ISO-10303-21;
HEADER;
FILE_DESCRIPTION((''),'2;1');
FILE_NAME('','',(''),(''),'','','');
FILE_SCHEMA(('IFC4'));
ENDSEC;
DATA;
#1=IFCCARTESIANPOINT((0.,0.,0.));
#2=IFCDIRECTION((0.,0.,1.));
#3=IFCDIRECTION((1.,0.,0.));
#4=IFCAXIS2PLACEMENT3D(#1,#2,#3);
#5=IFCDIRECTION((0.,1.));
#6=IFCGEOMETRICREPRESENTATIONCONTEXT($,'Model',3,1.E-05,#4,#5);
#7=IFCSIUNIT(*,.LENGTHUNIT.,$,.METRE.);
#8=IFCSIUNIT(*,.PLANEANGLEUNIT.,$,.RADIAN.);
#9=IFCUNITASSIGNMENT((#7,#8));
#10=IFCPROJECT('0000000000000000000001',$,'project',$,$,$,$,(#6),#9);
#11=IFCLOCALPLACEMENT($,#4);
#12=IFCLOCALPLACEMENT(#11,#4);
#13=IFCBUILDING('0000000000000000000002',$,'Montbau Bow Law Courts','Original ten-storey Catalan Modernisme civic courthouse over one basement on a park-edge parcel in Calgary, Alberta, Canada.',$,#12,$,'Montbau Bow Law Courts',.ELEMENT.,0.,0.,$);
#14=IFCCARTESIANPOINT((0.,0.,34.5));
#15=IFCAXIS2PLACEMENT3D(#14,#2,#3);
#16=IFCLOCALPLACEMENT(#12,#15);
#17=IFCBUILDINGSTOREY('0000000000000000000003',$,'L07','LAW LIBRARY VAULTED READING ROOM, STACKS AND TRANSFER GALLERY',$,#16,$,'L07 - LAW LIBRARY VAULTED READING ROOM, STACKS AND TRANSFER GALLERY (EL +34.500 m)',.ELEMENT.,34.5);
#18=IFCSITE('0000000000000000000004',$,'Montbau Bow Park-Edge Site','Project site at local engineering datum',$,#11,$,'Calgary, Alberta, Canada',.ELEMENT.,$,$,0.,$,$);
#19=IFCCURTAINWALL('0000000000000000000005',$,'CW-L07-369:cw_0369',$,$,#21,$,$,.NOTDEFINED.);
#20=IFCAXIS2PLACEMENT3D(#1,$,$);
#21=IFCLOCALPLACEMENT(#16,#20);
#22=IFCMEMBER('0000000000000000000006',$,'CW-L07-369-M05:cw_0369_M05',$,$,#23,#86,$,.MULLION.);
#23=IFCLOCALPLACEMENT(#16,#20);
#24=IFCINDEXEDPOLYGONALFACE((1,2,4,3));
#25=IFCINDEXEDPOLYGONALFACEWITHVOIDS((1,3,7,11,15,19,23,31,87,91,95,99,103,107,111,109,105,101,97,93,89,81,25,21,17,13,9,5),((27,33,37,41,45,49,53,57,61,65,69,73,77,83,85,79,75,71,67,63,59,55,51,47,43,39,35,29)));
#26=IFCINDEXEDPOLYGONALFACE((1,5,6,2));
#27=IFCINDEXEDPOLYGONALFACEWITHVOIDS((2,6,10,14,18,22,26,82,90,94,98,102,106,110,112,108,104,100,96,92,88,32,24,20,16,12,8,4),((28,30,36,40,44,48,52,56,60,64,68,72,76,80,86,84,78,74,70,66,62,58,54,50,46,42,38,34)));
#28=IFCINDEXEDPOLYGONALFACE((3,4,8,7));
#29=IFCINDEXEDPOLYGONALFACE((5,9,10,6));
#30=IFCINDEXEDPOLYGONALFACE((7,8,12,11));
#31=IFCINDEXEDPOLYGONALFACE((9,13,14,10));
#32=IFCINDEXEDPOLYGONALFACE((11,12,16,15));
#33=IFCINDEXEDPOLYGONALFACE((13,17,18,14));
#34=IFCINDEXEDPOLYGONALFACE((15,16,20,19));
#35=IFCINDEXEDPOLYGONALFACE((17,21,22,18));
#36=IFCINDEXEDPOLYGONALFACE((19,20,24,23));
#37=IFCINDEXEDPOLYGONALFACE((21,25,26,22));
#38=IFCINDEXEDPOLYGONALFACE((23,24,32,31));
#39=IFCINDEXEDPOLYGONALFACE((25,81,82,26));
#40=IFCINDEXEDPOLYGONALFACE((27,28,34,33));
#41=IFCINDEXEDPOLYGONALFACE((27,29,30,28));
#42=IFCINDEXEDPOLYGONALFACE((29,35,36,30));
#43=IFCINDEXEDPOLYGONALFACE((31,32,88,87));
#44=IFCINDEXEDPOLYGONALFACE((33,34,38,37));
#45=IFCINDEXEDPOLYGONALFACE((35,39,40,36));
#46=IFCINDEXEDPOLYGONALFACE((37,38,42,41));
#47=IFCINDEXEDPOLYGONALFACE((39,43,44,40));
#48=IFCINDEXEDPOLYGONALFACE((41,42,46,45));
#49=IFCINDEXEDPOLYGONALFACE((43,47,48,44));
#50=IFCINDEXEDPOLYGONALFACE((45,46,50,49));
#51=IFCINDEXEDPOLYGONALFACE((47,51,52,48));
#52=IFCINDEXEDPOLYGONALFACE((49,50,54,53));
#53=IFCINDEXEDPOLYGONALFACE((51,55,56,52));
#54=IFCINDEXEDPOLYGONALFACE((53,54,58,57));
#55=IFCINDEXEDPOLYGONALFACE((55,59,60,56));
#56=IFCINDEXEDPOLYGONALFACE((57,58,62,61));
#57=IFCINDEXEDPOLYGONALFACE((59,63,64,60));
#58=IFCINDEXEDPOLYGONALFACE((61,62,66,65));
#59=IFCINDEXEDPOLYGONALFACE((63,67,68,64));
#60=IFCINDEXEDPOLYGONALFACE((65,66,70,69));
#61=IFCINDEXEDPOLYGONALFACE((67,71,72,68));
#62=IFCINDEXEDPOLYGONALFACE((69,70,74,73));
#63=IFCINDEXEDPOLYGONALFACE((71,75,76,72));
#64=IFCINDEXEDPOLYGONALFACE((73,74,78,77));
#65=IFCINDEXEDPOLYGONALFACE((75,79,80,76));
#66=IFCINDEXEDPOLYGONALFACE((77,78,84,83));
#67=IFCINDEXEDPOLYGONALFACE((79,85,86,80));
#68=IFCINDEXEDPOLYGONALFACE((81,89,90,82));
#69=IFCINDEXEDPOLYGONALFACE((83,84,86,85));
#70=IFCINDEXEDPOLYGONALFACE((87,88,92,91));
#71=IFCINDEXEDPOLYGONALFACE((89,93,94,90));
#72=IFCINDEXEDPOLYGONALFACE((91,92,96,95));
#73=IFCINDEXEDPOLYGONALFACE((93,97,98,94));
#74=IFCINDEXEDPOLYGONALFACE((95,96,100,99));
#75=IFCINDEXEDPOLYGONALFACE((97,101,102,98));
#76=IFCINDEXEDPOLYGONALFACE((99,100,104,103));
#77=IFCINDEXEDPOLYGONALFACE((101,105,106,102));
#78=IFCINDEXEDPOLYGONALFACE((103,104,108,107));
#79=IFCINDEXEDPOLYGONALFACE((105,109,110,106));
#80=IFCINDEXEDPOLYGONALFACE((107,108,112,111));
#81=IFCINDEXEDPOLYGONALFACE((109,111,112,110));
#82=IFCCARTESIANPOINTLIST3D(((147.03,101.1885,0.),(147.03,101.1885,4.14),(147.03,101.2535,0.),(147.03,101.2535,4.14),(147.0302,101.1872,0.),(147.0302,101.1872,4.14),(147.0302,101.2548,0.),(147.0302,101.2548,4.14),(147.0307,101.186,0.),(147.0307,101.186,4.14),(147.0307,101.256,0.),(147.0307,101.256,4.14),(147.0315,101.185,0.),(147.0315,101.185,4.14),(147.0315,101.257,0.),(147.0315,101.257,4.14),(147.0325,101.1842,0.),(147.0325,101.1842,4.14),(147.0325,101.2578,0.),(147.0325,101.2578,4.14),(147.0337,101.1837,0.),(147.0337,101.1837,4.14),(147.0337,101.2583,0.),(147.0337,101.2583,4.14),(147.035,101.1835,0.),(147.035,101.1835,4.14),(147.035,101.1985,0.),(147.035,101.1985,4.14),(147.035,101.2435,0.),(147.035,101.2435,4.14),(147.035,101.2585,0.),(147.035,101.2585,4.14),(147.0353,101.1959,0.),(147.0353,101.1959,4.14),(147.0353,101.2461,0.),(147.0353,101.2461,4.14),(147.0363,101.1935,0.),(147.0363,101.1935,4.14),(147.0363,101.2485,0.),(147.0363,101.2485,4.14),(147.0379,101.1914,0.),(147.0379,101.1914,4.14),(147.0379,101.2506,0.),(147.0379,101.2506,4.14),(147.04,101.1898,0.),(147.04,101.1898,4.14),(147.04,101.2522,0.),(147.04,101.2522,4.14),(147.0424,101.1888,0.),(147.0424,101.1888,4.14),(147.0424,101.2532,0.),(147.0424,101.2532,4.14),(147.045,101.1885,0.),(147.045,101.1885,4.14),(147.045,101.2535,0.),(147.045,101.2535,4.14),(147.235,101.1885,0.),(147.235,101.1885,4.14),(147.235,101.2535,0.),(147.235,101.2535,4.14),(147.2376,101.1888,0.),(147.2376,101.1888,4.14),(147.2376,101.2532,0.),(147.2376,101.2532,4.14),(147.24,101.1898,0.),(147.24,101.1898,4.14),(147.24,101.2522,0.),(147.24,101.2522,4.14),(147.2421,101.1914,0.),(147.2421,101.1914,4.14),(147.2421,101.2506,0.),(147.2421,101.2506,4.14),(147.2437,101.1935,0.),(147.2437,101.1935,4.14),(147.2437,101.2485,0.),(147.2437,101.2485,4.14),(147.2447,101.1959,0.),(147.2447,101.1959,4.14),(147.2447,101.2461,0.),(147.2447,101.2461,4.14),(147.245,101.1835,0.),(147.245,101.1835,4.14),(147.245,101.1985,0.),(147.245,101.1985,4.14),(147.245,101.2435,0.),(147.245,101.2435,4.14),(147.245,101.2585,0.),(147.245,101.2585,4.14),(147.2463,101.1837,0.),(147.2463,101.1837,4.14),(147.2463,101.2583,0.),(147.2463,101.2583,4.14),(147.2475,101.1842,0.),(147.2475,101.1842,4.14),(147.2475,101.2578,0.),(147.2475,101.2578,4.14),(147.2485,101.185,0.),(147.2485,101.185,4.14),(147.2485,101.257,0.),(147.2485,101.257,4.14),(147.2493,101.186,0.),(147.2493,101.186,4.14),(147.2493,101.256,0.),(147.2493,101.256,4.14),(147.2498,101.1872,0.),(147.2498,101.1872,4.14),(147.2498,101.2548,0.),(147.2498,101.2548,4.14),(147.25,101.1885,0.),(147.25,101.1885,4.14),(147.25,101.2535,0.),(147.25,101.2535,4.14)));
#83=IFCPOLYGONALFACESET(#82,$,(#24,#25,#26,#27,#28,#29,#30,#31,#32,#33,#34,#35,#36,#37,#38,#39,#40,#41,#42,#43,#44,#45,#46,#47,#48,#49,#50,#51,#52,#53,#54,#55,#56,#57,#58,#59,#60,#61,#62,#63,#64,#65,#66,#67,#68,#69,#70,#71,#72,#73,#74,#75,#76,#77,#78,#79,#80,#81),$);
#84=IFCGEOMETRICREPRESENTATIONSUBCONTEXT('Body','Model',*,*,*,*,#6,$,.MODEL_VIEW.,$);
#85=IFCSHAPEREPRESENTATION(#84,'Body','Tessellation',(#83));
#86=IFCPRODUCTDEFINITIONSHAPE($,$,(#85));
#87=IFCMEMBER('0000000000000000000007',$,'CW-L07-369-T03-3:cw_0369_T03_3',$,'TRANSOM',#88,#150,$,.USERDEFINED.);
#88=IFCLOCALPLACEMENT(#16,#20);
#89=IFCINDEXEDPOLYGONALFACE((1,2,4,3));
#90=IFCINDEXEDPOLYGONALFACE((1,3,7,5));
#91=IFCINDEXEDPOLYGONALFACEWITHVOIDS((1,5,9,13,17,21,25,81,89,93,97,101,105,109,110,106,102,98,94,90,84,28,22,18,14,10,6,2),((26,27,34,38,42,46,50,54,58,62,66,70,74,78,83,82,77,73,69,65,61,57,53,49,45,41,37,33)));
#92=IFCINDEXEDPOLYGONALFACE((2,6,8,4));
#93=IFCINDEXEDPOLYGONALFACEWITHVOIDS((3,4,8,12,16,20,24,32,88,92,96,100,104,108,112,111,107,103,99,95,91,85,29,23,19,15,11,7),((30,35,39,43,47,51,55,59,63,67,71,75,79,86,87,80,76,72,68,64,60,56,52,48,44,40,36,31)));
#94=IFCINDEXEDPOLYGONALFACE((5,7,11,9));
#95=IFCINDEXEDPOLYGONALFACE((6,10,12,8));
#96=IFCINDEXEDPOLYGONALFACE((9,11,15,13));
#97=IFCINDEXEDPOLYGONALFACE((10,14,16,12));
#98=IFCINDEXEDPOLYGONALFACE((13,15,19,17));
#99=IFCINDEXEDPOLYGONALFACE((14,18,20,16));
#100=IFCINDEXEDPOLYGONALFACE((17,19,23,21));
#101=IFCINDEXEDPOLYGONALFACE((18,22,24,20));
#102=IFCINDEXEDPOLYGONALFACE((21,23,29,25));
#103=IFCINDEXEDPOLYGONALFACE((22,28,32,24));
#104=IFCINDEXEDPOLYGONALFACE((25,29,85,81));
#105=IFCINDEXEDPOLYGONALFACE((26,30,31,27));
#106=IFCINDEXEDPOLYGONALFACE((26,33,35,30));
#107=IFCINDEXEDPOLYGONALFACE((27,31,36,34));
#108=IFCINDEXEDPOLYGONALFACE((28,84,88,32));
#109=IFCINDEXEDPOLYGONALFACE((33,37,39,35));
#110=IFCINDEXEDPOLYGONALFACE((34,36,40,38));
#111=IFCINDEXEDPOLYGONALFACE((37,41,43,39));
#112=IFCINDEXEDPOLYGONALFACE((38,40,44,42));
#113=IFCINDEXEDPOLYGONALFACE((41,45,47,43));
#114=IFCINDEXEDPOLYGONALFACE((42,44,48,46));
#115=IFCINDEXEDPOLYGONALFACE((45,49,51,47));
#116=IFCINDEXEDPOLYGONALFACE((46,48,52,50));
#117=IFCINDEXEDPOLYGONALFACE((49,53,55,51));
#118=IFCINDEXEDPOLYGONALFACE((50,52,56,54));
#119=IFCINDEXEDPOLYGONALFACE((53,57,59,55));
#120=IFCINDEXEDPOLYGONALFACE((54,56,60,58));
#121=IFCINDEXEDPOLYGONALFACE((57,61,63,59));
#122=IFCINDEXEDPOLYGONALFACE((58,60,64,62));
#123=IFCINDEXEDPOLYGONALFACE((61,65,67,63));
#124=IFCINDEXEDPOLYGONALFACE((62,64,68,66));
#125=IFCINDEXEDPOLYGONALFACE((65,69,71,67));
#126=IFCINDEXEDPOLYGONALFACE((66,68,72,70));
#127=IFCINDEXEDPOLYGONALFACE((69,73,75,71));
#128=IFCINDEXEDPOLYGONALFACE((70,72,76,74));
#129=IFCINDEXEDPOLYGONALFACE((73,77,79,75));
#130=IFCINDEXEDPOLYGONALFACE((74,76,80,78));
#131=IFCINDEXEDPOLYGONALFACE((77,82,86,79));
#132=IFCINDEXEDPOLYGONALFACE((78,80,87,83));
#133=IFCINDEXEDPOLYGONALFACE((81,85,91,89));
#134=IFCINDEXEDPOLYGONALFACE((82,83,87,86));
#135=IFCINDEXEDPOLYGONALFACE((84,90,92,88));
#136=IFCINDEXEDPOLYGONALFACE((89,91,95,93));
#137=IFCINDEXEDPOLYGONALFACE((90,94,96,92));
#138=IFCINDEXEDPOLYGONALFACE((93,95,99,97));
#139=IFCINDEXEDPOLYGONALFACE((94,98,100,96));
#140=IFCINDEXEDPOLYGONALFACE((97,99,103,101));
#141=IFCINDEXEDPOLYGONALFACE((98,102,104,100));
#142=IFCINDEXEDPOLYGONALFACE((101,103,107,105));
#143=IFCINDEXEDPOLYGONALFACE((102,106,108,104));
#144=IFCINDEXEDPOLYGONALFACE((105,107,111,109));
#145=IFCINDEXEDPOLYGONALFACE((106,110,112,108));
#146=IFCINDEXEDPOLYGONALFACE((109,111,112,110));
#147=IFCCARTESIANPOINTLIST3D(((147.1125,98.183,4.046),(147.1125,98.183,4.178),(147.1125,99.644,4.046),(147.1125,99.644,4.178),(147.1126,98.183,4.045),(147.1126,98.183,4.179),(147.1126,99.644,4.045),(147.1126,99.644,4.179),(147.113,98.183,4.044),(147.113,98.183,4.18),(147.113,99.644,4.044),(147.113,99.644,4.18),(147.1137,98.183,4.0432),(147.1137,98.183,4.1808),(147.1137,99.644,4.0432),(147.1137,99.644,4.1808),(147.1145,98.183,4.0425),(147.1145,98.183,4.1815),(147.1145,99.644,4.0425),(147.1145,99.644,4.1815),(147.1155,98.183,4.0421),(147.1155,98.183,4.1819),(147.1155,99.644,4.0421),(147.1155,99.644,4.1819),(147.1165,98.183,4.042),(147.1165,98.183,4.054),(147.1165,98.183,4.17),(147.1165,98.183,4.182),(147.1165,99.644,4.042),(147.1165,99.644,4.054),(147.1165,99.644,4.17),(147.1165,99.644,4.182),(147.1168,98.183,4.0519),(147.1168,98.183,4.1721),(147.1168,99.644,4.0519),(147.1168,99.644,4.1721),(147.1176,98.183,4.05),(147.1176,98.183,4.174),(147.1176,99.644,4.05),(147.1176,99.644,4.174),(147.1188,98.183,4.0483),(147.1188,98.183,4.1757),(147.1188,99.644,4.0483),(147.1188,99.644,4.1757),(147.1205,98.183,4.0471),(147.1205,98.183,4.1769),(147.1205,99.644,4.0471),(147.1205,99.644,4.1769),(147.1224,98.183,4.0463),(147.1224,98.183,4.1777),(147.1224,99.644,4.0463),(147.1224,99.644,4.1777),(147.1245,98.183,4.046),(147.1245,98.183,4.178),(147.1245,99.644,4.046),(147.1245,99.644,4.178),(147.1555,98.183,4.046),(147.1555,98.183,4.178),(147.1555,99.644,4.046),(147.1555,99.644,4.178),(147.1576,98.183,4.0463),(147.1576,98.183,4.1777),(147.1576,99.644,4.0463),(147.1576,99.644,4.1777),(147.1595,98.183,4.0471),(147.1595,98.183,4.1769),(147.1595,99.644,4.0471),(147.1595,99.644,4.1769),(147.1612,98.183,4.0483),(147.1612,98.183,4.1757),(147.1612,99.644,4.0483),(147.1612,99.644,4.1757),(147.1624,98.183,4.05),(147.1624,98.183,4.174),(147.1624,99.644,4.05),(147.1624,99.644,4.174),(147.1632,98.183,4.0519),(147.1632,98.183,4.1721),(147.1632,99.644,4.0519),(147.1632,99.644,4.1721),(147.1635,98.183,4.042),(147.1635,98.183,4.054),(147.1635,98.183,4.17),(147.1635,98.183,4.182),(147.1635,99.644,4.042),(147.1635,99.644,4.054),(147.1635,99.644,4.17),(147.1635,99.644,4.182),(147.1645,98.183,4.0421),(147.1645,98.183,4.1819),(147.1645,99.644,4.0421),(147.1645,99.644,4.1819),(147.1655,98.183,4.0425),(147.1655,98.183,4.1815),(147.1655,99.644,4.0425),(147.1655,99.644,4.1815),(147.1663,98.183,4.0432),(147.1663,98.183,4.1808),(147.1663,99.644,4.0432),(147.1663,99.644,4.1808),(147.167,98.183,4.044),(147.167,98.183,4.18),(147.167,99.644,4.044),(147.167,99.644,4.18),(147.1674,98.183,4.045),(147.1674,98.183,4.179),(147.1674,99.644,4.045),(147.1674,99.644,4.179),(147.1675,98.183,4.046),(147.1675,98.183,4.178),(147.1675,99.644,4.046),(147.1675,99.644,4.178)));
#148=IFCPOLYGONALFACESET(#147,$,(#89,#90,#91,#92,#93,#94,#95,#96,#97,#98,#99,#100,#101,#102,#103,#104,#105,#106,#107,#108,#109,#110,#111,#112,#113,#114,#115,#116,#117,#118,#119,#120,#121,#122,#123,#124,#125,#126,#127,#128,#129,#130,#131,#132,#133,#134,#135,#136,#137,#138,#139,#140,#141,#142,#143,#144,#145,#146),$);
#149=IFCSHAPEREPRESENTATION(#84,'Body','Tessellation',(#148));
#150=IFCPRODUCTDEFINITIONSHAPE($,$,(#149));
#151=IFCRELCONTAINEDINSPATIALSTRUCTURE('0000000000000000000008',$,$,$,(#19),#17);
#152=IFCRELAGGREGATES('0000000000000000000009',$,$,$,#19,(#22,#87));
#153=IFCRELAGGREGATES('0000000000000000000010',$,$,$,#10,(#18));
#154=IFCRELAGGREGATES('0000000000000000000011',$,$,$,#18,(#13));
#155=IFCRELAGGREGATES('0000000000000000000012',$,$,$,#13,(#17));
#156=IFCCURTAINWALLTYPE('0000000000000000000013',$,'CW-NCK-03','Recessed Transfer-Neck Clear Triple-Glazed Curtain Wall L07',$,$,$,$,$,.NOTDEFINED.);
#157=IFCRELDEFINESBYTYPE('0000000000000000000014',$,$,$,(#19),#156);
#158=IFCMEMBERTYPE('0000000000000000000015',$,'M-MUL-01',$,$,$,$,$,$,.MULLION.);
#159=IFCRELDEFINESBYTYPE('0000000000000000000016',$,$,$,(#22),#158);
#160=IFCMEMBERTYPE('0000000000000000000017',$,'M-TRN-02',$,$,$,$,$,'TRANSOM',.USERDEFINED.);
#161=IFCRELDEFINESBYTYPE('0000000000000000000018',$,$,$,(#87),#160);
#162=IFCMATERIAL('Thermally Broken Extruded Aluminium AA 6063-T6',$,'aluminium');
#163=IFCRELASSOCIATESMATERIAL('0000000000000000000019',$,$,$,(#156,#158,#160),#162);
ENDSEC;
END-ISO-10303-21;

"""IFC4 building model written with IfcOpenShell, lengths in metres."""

from ifc_helpers import new_model, si_unit, direction, frame, origin_with_axes, origin_2d_with_axis, place, context, subcontext, project, spatial, hollow_rectangle, extrude, material, material_profile, profile_set, type_object, element, aggregate, save


model = new_model("IFC4")

# Units and contexts
model_context = context("Model", 3, precision=1e-05, world=origin_with_axes(), true_north=direction((0.0, 1.0)))
body_context = subcontext(model_context, "Body", "Model", "MODEL_VIEW")
ifc_project = project(units=[si_unit("LENGTHUNIT", "METRE"), si_unit("PLANEANGLEUNIT", "RADIAN")], contexts=[model_context])

# Site, building, storey
site_placement = place(None, origin_with_axes())
site = spatial("IfcSite", under=ifc_project, at=site_placement, Name="Montbau Bow Park-Edge Site", Description="Project site at local engineering datum", LongName="Calgary, Alberta, Canada", CompositionType="ELEMENT", RefElevation=0.0)
building_placement = place(site_placement, origin_with_axes())
building = spatial("IfcBuilding", under=site, at=building_placement, Name="Montbau Bow Law Courts", Description="Original ten-storey Catalan Modernisme civic courthouse over one basement on a park-edge parcel in Calgary, Alberta, Canada.", LongName="Montbau Bow Law Courts", CompositionType="ELEMENT", ElevationOfRefHeight=0.0, ElevationOfTerrain=0.0)
storey_placement = place(building_placement, frame((0.0, 0.0, 34.5), z_axis=(0.0, 0.0, 1.0), x_axis=(1.0, 0.0, 0.0)))
storey = spatial("IfcBuildingStorey", under=building, at=storey_placement, Name="L07", Description="LAW LIBRARY VAULTED READING ROOM, STACKS AND TRANSFER GALLERY", LongName="L07 - LAW LIBRARY VAULTED READING ROOM, STACKS AND TRANSFER GALLERY (EL +34.500 m)", CompositionType="ELEMENT", Elevation=34.5)

# Curtain wall, members
ifc_material_1 = material(Name="Thermally Broken Extruded Aluminium AA 6063-T6", Category="aluminium")
curtain_wall_type = type_object("IfcCurtainWallType", Name="CW-NCK-03", Description="Recessed Transfer-Neck Clear Triple-Glazed Curtain Wall L07", PredefinedType="NOTDEFINED", material=ifc_material_1)
curtain_wall_placement = place(None, frame((147.14, 95.067, 34.5), z_axis=(0.0, 0.0, 1.0), x_axis=(1.0, 0.0, 0.0)))
curtain_wall = element("IfcCurtainWall", 1, at=curtain_wall_placement, inside=storey, type_object=curtain_wall_type, Name="CW-L07-369:cw_0369", PredefinedType="NOTDEFINED")
ifc_material_profile_1 = material_profile(ifc_material_1, hollow_rectangle(XDim=0.075, YDim=0.22, WallThickness=0.005, InnerFilletRadius=0.01, OuterFilletRadius=0.005, at=origin_2d_with_axis()), Name="CWM-220X75", Category="Main", Priority=0)
ifc_profile_set_1 = profile_set([ifc_material_profile_1], Name="Thermally Broken Extruded Aluminium AA 6063-T6")
member_type_1 = type_object("IfcMemberType", Name="M-MUL-01", PredefinedType="MULLION", material=ifc_profile_set_1)
member_1_placement = place(None, frame((147.14, 101.221, 34.5), z_axis=(0.0, 0.0, 1.0), x_axis=(0.0, 1.0, 0.0)))
member_1 = element("IfcMember", 2, at=member_1_placement, type_object=member_type_1, Name="CW-L07-369-M05:cw_0369_M05", PredefinedType="MULLION", context=body_context, shape_type="SweptSolid", body=[
    extrude(hollow_rectangle(XDim=0.075, YDim=0.22, WallThickness=0.005, InnerFilletRadius=0.01, OuterFilletRadius=0.005, at=origin_2d_with_axis()), origin_with_axes(), (0.0, 0.0, 1.0), 4.14),
])
ifc_material_profile_2 = material_profile(ifc_material_1, hollow_rectangle(XDim=0.055, YDim=0.14, WallThickness=0.004, InnerFilletRadius=0.008, OuterFilletRadius=0.004, at=origin_2d_with_axis()), Name="CWT-140X55", Category="Main", Priority=0)
ifc_profile_set_2 = profile_set([ifc_material_profile_2], Name="Thermally Broken Extruded Aluminium AA 6063-T6")
member_type_2 = type_object("IfcMemberType", Name="M-TRN-02", ElementType="TRANSOM", PredefinedType="USERDEFINED", material=ifc_profile_set_2)
member_2_placement = place(None, frame((147.14, 98.183, 38.612), z_axis=(0.0, 1.0, 0.0), x_axis=(-1.0, 0.0, 0.0)))
member_2 = element("IfcMember", 3, at=member_2_placement, type_object=member_type_2, Name="CW-L07-369-T03-3:cw_0369_T03_3", ObjectType="TRANSOM", PredefinedType="USERDEFINED", context=body_context, shape_type="SweptSolid", body=[
    extrude(hollow_rectangle(XDim=0.055, YDim=0.14, WallThickness=0.004, InnerFilletRadius=0.008, OuterFilletRadius=0.004, at=origin_2d_with_axis()), origin_with_axes(), (0.0, 0.0, 1.0), 1.461),
])
aggregate(curtain_wall, [member_1, member_2])

save(model, "model.ifc")
